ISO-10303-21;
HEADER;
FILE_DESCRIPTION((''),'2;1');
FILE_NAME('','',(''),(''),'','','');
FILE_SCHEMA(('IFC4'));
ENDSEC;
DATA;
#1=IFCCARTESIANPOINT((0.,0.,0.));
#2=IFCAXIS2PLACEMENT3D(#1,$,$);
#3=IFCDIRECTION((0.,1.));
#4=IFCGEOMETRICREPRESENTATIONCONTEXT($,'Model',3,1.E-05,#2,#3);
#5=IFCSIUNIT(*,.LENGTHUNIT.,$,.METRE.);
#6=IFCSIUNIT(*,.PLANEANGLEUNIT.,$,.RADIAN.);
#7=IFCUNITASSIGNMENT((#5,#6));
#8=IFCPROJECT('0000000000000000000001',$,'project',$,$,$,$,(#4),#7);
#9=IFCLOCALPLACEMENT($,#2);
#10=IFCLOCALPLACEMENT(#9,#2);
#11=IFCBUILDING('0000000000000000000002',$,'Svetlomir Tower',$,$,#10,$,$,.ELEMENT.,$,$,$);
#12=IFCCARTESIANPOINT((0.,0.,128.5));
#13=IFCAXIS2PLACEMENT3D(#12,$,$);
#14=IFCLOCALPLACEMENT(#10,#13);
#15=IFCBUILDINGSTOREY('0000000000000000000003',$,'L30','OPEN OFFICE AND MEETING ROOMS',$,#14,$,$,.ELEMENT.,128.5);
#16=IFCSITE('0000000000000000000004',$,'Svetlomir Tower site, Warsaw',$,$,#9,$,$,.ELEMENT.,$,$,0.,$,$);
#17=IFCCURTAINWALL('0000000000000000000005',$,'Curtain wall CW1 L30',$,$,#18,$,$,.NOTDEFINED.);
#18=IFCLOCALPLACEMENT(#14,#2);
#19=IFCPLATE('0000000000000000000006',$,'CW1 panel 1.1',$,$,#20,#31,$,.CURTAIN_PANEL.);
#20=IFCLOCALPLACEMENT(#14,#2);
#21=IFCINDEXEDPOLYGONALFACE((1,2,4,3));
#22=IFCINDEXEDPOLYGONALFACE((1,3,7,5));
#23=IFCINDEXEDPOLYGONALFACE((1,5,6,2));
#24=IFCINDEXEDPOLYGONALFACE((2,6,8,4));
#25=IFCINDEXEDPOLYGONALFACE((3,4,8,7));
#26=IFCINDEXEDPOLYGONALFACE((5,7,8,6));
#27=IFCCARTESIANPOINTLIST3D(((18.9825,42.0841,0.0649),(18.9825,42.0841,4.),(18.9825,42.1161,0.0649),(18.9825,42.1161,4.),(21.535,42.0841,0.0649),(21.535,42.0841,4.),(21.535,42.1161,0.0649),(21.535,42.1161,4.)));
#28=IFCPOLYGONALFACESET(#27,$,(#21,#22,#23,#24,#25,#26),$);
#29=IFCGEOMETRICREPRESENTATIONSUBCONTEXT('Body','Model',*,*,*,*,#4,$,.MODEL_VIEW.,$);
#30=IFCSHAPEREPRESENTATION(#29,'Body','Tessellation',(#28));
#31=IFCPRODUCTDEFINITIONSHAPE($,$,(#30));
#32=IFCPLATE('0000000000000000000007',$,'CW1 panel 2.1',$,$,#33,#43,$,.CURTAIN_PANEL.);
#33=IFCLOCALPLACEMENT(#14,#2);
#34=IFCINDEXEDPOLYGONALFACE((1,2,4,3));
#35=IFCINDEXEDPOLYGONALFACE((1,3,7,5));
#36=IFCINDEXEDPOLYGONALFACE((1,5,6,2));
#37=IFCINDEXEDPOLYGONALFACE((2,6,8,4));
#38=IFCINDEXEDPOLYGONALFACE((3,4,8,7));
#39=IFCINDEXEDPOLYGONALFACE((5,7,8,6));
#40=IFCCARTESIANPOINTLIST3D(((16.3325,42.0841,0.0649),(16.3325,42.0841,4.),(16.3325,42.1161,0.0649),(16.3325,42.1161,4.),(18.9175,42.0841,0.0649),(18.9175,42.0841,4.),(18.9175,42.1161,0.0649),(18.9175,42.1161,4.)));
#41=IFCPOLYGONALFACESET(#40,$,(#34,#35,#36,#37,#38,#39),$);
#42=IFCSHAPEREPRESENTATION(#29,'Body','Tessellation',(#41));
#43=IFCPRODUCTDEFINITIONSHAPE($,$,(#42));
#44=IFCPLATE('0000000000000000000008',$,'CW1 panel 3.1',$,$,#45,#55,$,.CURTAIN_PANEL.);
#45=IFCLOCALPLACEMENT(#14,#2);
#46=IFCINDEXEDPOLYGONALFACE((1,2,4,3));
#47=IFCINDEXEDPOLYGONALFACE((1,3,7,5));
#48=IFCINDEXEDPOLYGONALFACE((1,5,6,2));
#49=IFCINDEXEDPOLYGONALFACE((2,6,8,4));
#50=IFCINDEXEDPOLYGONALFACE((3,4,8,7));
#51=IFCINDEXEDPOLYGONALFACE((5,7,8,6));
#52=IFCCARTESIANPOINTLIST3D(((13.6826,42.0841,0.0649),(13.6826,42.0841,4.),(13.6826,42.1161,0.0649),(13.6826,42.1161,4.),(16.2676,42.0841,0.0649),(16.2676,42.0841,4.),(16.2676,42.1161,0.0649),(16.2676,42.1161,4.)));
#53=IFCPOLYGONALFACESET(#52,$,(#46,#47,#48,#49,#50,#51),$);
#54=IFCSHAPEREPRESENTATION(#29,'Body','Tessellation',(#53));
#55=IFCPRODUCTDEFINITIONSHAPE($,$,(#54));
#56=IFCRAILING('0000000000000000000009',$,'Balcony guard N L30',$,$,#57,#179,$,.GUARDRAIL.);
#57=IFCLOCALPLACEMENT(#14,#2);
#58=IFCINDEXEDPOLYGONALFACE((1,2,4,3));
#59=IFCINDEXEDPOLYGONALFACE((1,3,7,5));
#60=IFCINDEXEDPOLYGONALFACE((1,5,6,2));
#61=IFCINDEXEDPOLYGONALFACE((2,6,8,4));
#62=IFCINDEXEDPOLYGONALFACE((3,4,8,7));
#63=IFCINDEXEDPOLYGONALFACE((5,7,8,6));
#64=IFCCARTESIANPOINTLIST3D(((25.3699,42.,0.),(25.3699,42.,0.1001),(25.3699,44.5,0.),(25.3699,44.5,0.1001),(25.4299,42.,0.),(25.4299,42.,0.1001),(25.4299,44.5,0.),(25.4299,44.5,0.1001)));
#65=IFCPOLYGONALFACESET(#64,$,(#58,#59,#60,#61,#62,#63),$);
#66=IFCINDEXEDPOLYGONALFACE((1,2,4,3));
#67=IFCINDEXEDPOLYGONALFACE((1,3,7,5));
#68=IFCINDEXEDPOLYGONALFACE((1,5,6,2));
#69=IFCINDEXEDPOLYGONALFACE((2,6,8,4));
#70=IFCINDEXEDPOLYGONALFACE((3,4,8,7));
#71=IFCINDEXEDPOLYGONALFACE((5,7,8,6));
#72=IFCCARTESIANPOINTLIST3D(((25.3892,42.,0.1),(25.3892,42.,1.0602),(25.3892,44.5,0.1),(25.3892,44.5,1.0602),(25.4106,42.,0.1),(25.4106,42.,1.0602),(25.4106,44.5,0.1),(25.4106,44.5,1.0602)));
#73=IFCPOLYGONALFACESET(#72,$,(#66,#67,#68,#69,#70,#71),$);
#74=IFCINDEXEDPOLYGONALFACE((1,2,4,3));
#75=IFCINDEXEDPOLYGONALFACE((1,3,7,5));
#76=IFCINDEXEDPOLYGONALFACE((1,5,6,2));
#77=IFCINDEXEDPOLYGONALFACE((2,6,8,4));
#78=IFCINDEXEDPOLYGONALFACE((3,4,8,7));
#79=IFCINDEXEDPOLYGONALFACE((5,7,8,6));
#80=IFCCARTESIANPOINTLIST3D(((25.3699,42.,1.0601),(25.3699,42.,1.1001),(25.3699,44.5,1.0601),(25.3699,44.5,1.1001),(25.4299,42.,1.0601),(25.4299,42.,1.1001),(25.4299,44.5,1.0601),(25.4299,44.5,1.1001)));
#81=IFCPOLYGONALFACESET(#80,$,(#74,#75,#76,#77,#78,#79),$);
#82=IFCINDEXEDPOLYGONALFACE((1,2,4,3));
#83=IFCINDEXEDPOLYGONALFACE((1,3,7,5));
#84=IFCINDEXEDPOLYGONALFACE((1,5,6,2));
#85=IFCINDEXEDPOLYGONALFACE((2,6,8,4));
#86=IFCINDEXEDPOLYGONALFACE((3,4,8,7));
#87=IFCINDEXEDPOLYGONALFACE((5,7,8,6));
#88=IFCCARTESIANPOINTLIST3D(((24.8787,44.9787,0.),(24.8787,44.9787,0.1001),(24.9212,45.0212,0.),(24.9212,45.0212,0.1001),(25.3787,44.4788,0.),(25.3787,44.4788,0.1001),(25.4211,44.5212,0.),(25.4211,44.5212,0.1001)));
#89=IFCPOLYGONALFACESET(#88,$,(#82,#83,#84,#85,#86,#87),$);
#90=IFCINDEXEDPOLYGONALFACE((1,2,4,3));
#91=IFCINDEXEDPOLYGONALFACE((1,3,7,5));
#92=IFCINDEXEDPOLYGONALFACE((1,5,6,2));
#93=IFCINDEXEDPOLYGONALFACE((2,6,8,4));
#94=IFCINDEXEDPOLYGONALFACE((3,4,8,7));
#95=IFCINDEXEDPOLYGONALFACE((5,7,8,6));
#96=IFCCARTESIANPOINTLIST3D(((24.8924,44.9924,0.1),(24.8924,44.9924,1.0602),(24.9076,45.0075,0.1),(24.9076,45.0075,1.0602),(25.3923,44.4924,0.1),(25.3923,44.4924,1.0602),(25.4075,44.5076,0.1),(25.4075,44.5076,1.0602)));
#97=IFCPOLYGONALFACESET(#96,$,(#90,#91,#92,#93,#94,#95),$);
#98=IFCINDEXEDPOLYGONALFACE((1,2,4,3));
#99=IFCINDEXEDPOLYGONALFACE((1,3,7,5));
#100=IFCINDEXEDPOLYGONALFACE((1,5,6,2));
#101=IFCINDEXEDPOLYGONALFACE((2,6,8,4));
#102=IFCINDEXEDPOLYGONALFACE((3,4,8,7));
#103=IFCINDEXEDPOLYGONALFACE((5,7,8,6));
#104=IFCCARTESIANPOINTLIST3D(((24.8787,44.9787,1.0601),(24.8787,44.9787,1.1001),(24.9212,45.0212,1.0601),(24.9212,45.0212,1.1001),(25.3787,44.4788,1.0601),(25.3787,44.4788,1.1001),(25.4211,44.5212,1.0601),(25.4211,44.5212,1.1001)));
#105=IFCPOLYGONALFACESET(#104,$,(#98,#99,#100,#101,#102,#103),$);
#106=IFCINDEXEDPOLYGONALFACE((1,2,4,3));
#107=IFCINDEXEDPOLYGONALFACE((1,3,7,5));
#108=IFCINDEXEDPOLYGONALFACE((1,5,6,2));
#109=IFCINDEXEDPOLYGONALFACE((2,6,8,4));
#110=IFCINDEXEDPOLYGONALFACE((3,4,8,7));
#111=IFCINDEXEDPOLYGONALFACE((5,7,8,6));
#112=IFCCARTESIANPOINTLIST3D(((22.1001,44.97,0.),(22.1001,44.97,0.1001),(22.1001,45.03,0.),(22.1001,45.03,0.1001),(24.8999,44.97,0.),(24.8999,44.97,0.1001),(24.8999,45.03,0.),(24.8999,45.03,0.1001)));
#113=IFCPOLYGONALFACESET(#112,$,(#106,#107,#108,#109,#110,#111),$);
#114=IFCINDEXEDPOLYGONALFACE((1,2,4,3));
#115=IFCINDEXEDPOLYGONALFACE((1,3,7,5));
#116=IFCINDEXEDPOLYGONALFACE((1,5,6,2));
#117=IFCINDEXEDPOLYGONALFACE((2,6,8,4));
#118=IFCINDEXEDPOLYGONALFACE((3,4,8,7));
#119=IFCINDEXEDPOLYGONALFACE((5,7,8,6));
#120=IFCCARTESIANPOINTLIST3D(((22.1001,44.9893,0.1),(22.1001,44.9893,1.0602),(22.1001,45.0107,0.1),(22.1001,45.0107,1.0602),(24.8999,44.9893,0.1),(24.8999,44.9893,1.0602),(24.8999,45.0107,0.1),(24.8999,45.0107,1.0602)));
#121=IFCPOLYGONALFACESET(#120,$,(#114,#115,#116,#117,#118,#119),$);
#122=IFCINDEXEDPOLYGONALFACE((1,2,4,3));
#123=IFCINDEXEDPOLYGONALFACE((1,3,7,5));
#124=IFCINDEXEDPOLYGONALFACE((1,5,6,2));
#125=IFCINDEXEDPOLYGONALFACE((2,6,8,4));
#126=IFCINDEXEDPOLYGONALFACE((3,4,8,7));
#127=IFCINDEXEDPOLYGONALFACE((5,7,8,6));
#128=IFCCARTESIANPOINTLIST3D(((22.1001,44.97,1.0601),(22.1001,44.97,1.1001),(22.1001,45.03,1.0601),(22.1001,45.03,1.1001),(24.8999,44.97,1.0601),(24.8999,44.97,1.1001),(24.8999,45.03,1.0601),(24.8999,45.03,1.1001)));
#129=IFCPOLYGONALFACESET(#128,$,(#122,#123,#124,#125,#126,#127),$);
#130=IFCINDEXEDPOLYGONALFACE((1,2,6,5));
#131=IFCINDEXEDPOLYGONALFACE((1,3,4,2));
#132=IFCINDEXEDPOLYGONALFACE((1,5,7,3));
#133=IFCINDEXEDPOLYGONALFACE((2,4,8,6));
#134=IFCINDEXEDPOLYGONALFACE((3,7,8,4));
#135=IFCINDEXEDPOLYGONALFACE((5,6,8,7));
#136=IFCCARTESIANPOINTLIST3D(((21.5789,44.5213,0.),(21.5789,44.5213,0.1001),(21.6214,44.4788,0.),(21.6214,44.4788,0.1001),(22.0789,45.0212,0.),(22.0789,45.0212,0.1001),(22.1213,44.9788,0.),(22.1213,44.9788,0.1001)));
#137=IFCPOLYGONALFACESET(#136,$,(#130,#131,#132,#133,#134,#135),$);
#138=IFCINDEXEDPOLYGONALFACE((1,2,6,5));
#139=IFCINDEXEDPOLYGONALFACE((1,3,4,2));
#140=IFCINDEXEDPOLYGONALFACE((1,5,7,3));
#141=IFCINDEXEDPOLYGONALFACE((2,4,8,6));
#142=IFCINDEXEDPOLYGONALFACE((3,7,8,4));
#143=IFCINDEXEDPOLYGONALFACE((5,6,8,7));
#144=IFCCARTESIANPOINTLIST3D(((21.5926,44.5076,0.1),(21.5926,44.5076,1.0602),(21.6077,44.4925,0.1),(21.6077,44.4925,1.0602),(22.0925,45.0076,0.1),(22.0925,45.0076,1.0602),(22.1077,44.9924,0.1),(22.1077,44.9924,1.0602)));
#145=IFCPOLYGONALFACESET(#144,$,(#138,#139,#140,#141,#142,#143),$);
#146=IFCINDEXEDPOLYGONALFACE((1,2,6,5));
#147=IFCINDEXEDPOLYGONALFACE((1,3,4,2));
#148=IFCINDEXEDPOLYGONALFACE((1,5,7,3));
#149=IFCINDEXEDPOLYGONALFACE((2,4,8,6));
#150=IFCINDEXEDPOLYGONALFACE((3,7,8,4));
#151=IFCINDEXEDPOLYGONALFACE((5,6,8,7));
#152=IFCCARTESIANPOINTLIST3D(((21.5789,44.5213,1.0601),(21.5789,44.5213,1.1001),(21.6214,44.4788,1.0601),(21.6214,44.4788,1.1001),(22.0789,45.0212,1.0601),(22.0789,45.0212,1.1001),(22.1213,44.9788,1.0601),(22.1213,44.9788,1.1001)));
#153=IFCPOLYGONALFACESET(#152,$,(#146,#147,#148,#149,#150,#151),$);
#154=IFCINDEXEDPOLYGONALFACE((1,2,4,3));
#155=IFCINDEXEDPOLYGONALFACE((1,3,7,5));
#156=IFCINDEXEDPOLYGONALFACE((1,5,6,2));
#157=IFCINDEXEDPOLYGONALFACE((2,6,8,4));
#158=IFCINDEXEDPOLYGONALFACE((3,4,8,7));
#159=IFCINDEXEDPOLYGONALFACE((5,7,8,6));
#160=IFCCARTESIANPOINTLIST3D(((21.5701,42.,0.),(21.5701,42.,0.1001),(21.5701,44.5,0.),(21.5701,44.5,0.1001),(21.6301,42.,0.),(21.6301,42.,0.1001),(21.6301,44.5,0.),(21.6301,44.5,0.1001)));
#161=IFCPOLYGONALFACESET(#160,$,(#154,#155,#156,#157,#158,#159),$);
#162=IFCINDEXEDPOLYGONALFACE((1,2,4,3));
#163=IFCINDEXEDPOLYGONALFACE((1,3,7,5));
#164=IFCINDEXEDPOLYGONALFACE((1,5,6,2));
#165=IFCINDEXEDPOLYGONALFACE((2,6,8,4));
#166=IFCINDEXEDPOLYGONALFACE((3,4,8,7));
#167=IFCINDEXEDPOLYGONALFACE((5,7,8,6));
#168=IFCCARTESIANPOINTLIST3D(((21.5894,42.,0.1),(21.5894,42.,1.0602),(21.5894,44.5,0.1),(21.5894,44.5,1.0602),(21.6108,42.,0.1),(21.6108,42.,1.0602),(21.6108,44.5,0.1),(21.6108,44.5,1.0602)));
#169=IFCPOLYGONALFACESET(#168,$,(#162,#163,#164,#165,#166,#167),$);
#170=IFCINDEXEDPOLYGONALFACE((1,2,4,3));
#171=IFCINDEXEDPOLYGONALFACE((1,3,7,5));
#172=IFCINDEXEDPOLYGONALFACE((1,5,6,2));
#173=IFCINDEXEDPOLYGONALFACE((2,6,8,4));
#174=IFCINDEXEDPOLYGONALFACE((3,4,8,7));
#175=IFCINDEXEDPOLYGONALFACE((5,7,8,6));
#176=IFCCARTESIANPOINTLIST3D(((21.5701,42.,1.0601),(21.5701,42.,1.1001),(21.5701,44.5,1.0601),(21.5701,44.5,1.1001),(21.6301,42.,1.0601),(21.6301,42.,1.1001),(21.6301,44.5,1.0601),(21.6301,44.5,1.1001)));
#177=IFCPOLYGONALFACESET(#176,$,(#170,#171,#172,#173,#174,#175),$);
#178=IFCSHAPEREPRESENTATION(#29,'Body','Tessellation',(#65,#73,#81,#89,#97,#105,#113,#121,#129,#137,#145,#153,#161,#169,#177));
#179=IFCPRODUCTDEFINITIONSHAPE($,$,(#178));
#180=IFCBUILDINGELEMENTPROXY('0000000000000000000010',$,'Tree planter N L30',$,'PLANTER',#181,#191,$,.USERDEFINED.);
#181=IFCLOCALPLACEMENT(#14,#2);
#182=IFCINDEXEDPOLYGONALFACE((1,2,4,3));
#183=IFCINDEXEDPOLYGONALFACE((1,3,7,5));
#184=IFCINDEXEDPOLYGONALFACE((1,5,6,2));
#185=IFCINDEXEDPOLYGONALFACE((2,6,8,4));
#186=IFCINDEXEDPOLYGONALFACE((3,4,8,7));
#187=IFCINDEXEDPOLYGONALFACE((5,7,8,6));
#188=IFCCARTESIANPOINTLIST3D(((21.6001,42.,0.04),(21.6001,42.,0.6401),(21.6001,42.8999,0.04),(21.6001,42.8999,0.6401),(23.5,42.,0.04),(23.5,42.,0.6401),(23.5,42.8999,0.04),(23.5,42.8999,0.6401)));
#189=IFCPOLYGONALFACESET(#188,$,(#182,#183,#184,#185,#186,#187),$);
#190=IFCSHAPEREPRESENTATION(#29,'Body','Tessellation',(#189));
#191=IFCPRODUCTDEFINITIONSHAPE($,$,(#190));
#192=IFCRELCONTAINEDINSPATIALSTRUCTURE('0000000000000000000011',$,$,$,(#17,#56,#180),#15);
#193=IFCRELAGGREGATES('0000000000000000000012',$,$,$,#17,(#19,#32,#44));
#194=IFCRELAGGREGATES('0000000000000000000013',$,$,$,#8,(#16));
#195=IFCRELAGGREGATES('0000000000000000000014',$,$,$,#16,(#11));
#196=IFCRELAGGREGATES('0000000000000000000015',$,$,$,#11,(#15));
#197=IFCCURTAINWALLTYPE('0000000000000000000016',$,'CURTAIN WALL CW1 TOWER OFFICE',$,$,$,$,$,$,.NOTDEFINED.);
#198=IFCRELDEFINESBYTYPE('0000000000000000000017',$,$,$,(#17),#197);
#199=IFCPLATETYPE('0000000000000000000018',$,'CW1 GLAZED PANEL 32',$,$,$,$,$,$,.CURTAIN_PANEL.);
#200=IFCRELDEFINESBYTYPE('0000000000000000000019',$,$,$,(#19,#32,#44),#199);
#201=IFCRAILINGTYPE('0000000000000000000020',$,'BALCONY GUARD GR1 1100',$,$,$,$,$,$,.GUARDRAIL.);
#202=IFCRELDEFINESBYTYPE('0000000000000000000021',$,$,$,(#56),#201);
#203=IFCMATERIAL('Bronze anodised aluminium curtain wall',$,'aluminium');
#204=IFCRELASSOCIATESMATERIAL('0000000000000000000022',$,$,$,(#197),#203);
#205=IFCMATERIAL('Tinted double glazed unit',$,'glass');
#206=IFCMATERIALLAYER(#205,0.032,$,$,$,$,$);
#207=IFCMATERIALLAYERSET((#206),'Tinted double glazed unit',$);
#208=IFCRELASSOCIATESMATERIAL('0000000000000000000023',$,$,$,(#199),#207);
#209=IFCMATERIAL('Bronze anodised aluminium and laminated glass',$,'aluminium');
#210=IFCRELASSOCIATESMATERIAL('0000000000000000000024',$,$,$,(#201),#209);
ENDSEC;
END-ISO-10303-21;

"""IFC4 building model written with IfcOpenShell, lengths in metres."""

from ifc_helpers import new_model, si_unit, direction, frame, origin, origin_2d, place, context, subcontext, project, spatial, rectangle, extrude, material, layer, layer_set, type_object, element, aggregate, save


model = new_model("IFC4")

# Units and contexts
model_context = context("Model", 3, precision=1e-05, world=origin(), true_north=direction((0.0, 1.0)))
body_context = subcontext(model_context, "Body", "Model", "MODEL_VIEW")
ifc_project = project(units=[si_unit("LENGTHUNIT", "METRE"), si_unit("PLANEANGLEUNIT", "RADIAN")], contexts=[model_context])

# Site, building, storey
site_placement = place(None, origin())
site = spatial("IfcSite", under=ifc_project, at=site_placement, Name="Svetlomir Tower site, Warsaw", CompositionType="ELEMENT", RefElevation=0.0)
building_placement = place(site_placement, origin())
building = spatial("IfcBuilding", under=site, at=building_placement, Name="Svetlomir Tower", CompositionType="ELEMENT")
storey_placement = place(building_placement, frame((0.0, 0.0, 128.5)))
storey = spatial("IfcBuildingStorey", under=building, at=storey_placement, Name="L30", Description="OPEN OFFICE AND MEETING ROOMS", CompositionType="ELEMENT", Elevation=128.5)

# Curtain wall
ifc_material_1 = material(Name="Bronze anodised aluminium curtain wall", Category="aluminium")
curtain_wall_type = type_object("IfcCurtainWallType", Name="CURTAIN WALL CW1 TOWER OFFICE", PredefinedType="NOTDEFINED", material=ifc_material_1)
curtain_wall_1_placement = place(storey_placement, origin())
curtain_wall_1 = element("IfcCurtainWall", 1, at=curtain_wall_1_placement, inside=storey, type_object=curtain_wall_type, Name="Curtain wall CW1 L30", PredefinedType="NOTDEFINED")

# Plates
ifc_material_2 = material(Name="Tinted double glazed unit", Category="glass")
ifc_layer_1 = layer(ifc_material_2, 0.032)
ifc_layer_set_1 = layer_set([ifc_layer_1], Name="Tinted double glazed unit")
plate_type = type_object("IfcPlateType", Name="CW1 GLAZED PANEL 32", PredefinedType="CURTAIN_PANEL", material=ifc_layer_set_1)
plate_1_placement = place(storey_placement, frame((20.2588, 42.1001, 0.0649), z_axis=(0.0, 0.0, 1.0), x_axis=(-1.0, 0.0, 0.0)))
plate_1 = element("IfcPlate", 2, at=plate_1_placement, type_object=plate_type, Name="CW1 panel 1.1", PredefinedType="CURTAIN_PANEL", context=body_context, shape_type="SweptSolid", body=[
    extrude(rectangle(XDim=2.5525, YDim=0.032, at=origin_2d()), origin(), (0.0, 0.0, 1.0), 3.9351),
])
plate_2_placement = place(storey_placement, frame((17.625, 42.1001, 0.0649), z_axis=(0.0, 0.0, 1.0), x_axis=(-1.0, 0.0, 0.0)))
plate_2 = element("IfcPlate", 3, at=plate_2_placement, type_object=plate_type, Name="CW1 panel 2.1", PredefinedType="CURTAIN_PANEL", context=body_context, shape_type="SweptSolid", body=[
    extrude(rectangle(XDim=2.585, YDim=0.032, at=origin_2d()), origin(), (0.0, 0.0, 1.0), 3.9351),
])
plate_3_placement = place(storey_placement, frame((14.9751, 42.1001, 0.0649), z_axis=(0.0, 0.0, 1.0), x_axis=(-1.0, 0.0, 0.0)))
plate_3 = element("IfcPlate", 4, at=plate_3_placement, type_object=plate_type, Name="CW1 panel 3.1", PredefinedType="CURTAIN_PANEL", context=body_context, shape_type="SweptSolid", body=[
    extrude(rectangle(XDim=2.585, YDim=0.032, at=origin_2d()), origin(), (0.0, 0.0, 1.0), 3.9351),
])
aggregate(curtain_wall_1, [plate_1, plate_2, plate_3])

# Railing
ifc_material_3 = material(Name="Bronze anodised aluminium and laminated glass", Category="aluminium")
railing_type = type_object("IfcRailingType", Name="BALCONY GUARD GR1 1100", PredefinedType="GUARDRAIL", material=ifc_material_3)
railing_placement = place(storey_placement, frame((25.3999, 42.0, 0.0)))
element("IfcRailing", 5, at=railing_placement, inside=storey, type_object=railing_type, Name="Balcony guard N L30", PredefinedType="GUARDRAIL", context=body_context, shape_type="SweptSolid", body=[
    extrude(rectangle(XDim=0.0601, YDim=0.1001, at=origin_2d()), frame((0.0, 0.0, 0.05), z_axis=(0.0, 1.0, 0.0), x_axis=(-1.0, 0.0, 0.0)), (0.0, 0.0, 1.0), 2.5),
    extrude(rectangle(XDim=0.0215, YDim=0.9602, at=origin_2d()), frame((0.0, 0.0, 0.5801), z_axis=(0.0, 1.0, 0.0), x_axis=(-1.0, 0.0, 0.0)), (0.0, 0.0, 1.0), 2.5),
    extrude(rectangle(XDim=0.0601, YDim=0.04, at=origin_2d()), frame((0.0, 0.0, 1.0801), z_axis=(0.0, 1.0, 0.0), x_axis=(-1.0, 0.0, 0.0)), (0.0, 0.0, 1.0), 2.5),
    extrude(rectangle(XDim=0.0601, YDim=0.1001, at=origin_2d()), frame((0.0, 2.5, 0.05), z_axis=(-0.707107, 0.707107, 0.0), x_axis=(-0.707107, -0.707107, 0.0)), (0.0, 0.0, 1.0), 0.707),
    extrude(rectangle(XDim=0.0215, YDim=0.9602, at=origin_2d()), frame((0.0, 2.5, 0.5801), z_axis=(-0.707107, 0.707107, 0.0), x_axis=(-0.707107, -0.707107, 0.0)), (0.0, 0.0, 1.0), 0.707),
    extrude(rectangle(XDim=0.0601, YDim=0.04, at=origin_2d()), frame((0.0, 2.5, 1.0801), z_axis=(-0.707107, 0.707107, 0.0), x_axis=(-0.707107, -0.707107, 0.0)), (0.0, 0.0, 1.0), 0.707),
    extrude(rectangle(XDim=0.0601, YDim=0.1001, at=origin_2d()), frame((-0.5, 3.0, 0.05), z_axis=(-1.0, 0.0, 0.0), x_axis=(0.0, -1.0, 0.0)), (0.0, 0.0, 1.0), 2.7998),
    extrude(rectangle(XDim=0.0215, YDim=0.9602, at=origin_2d()), frame((-0.5, 3.0, 0.5801), z_axis=(-1.0, 0.0, 0.0), x_axis=(0.0, -1.0, 0.0)), (0.0, 0.0, 1.0), 2.7998),
    extrude(rectangle(XDim=0.0601, YDim=0.04, at=origin_2d()), frame((-0.5, 3.0, 1.0801), z_axis=(-1.0, 0.0, 0.0), x_axis=(0.0, -1.0, 0.0)), (0.0, 0.0, 1.0), 2.7998),
    extrude(rectangle(XDim=0.0601, YDim=0.1001, at=origin_2d()), frame((-3.2998, 3.0, 0.05), z_axis=(-0.707107, -0.707107, 0.0), x_axis=(0.707107, -0.707107, 0.0)), (0.0, 0.0, 1.0), 0.707),
    extrude(rectangle(XDim=0.0215, YDim=0.9602, at=origin_2d()), frame((-3.2998, 3.0, 0.5801), z_axis=(-0.707107, -0.707107, 0.0), x_axis=(0.707107, -0.707107, 0.0)), (0.0, 0.0, 1.0), 0.707),
    extrude(rectangle(XDim=0.0601, YDim=0.04, at=origin_2d()), frame((-3.2998, 3.0, 1.0801), z_axis=(-0.707107, -0.707107, 0.0), x_axis=(0.707107, -0.707107, 0.0)), (0.0, 0.0, 1.0), 0.707),
    extrude(rectangle(XDim=0.0601, YDim=0.1001, at=origin_2d()), frame((-3.7998, 2.5, 0.05), z_axis=(0.0, -1.0, 0.0), x_axis=(1.0, 0.0, 0.0)), (0.0, 0.0, 1.0), 2.5),
    extrude(rectangle(XDim=0.0215, YDim=0.9602, at=origin_2d()), frame((-3.7998, 2.5, 0.5801), z_axis=(0.0, -1.0, 0.0), x_axis=(1.0, 0.0, 0.0)), (0.0, 0.0, 1.0), 2.5),
    extrude(rectangle(XDim=0.0601, YDim=0.04, at=origin_2d()), frame((-3.7998, 2.5, 1.0801), z_axis=(0.0, -1.0, 0.0), x_axis=(1.0, 0.0, 0.0)), (0.0, 0.0, 1.0), 2.5),
])

# Building element proxy
proxy_placement = place(storey_placement, frame((22.55, 42.45, 0.04), z_axis=(0.0, 0.0, 1.0), x_axis=(1.0, 0.0, 0.0)))
element("IfcBuildingElementProxy", 6, at=proxy_placement, inside=storey, Name="Tree planter N L30", ObjectType="PLANTER", PredefinedType="USERDEFINED", context=body_context, shape_type="SweptSolid", body=[
    extrude(rectangle(XDim=1.8999, YDim=0.8999, at=origin_2d()), origin(), (0.0, 0.0, 1.0), 0.6001),
])

save(model, "model.ifc")
